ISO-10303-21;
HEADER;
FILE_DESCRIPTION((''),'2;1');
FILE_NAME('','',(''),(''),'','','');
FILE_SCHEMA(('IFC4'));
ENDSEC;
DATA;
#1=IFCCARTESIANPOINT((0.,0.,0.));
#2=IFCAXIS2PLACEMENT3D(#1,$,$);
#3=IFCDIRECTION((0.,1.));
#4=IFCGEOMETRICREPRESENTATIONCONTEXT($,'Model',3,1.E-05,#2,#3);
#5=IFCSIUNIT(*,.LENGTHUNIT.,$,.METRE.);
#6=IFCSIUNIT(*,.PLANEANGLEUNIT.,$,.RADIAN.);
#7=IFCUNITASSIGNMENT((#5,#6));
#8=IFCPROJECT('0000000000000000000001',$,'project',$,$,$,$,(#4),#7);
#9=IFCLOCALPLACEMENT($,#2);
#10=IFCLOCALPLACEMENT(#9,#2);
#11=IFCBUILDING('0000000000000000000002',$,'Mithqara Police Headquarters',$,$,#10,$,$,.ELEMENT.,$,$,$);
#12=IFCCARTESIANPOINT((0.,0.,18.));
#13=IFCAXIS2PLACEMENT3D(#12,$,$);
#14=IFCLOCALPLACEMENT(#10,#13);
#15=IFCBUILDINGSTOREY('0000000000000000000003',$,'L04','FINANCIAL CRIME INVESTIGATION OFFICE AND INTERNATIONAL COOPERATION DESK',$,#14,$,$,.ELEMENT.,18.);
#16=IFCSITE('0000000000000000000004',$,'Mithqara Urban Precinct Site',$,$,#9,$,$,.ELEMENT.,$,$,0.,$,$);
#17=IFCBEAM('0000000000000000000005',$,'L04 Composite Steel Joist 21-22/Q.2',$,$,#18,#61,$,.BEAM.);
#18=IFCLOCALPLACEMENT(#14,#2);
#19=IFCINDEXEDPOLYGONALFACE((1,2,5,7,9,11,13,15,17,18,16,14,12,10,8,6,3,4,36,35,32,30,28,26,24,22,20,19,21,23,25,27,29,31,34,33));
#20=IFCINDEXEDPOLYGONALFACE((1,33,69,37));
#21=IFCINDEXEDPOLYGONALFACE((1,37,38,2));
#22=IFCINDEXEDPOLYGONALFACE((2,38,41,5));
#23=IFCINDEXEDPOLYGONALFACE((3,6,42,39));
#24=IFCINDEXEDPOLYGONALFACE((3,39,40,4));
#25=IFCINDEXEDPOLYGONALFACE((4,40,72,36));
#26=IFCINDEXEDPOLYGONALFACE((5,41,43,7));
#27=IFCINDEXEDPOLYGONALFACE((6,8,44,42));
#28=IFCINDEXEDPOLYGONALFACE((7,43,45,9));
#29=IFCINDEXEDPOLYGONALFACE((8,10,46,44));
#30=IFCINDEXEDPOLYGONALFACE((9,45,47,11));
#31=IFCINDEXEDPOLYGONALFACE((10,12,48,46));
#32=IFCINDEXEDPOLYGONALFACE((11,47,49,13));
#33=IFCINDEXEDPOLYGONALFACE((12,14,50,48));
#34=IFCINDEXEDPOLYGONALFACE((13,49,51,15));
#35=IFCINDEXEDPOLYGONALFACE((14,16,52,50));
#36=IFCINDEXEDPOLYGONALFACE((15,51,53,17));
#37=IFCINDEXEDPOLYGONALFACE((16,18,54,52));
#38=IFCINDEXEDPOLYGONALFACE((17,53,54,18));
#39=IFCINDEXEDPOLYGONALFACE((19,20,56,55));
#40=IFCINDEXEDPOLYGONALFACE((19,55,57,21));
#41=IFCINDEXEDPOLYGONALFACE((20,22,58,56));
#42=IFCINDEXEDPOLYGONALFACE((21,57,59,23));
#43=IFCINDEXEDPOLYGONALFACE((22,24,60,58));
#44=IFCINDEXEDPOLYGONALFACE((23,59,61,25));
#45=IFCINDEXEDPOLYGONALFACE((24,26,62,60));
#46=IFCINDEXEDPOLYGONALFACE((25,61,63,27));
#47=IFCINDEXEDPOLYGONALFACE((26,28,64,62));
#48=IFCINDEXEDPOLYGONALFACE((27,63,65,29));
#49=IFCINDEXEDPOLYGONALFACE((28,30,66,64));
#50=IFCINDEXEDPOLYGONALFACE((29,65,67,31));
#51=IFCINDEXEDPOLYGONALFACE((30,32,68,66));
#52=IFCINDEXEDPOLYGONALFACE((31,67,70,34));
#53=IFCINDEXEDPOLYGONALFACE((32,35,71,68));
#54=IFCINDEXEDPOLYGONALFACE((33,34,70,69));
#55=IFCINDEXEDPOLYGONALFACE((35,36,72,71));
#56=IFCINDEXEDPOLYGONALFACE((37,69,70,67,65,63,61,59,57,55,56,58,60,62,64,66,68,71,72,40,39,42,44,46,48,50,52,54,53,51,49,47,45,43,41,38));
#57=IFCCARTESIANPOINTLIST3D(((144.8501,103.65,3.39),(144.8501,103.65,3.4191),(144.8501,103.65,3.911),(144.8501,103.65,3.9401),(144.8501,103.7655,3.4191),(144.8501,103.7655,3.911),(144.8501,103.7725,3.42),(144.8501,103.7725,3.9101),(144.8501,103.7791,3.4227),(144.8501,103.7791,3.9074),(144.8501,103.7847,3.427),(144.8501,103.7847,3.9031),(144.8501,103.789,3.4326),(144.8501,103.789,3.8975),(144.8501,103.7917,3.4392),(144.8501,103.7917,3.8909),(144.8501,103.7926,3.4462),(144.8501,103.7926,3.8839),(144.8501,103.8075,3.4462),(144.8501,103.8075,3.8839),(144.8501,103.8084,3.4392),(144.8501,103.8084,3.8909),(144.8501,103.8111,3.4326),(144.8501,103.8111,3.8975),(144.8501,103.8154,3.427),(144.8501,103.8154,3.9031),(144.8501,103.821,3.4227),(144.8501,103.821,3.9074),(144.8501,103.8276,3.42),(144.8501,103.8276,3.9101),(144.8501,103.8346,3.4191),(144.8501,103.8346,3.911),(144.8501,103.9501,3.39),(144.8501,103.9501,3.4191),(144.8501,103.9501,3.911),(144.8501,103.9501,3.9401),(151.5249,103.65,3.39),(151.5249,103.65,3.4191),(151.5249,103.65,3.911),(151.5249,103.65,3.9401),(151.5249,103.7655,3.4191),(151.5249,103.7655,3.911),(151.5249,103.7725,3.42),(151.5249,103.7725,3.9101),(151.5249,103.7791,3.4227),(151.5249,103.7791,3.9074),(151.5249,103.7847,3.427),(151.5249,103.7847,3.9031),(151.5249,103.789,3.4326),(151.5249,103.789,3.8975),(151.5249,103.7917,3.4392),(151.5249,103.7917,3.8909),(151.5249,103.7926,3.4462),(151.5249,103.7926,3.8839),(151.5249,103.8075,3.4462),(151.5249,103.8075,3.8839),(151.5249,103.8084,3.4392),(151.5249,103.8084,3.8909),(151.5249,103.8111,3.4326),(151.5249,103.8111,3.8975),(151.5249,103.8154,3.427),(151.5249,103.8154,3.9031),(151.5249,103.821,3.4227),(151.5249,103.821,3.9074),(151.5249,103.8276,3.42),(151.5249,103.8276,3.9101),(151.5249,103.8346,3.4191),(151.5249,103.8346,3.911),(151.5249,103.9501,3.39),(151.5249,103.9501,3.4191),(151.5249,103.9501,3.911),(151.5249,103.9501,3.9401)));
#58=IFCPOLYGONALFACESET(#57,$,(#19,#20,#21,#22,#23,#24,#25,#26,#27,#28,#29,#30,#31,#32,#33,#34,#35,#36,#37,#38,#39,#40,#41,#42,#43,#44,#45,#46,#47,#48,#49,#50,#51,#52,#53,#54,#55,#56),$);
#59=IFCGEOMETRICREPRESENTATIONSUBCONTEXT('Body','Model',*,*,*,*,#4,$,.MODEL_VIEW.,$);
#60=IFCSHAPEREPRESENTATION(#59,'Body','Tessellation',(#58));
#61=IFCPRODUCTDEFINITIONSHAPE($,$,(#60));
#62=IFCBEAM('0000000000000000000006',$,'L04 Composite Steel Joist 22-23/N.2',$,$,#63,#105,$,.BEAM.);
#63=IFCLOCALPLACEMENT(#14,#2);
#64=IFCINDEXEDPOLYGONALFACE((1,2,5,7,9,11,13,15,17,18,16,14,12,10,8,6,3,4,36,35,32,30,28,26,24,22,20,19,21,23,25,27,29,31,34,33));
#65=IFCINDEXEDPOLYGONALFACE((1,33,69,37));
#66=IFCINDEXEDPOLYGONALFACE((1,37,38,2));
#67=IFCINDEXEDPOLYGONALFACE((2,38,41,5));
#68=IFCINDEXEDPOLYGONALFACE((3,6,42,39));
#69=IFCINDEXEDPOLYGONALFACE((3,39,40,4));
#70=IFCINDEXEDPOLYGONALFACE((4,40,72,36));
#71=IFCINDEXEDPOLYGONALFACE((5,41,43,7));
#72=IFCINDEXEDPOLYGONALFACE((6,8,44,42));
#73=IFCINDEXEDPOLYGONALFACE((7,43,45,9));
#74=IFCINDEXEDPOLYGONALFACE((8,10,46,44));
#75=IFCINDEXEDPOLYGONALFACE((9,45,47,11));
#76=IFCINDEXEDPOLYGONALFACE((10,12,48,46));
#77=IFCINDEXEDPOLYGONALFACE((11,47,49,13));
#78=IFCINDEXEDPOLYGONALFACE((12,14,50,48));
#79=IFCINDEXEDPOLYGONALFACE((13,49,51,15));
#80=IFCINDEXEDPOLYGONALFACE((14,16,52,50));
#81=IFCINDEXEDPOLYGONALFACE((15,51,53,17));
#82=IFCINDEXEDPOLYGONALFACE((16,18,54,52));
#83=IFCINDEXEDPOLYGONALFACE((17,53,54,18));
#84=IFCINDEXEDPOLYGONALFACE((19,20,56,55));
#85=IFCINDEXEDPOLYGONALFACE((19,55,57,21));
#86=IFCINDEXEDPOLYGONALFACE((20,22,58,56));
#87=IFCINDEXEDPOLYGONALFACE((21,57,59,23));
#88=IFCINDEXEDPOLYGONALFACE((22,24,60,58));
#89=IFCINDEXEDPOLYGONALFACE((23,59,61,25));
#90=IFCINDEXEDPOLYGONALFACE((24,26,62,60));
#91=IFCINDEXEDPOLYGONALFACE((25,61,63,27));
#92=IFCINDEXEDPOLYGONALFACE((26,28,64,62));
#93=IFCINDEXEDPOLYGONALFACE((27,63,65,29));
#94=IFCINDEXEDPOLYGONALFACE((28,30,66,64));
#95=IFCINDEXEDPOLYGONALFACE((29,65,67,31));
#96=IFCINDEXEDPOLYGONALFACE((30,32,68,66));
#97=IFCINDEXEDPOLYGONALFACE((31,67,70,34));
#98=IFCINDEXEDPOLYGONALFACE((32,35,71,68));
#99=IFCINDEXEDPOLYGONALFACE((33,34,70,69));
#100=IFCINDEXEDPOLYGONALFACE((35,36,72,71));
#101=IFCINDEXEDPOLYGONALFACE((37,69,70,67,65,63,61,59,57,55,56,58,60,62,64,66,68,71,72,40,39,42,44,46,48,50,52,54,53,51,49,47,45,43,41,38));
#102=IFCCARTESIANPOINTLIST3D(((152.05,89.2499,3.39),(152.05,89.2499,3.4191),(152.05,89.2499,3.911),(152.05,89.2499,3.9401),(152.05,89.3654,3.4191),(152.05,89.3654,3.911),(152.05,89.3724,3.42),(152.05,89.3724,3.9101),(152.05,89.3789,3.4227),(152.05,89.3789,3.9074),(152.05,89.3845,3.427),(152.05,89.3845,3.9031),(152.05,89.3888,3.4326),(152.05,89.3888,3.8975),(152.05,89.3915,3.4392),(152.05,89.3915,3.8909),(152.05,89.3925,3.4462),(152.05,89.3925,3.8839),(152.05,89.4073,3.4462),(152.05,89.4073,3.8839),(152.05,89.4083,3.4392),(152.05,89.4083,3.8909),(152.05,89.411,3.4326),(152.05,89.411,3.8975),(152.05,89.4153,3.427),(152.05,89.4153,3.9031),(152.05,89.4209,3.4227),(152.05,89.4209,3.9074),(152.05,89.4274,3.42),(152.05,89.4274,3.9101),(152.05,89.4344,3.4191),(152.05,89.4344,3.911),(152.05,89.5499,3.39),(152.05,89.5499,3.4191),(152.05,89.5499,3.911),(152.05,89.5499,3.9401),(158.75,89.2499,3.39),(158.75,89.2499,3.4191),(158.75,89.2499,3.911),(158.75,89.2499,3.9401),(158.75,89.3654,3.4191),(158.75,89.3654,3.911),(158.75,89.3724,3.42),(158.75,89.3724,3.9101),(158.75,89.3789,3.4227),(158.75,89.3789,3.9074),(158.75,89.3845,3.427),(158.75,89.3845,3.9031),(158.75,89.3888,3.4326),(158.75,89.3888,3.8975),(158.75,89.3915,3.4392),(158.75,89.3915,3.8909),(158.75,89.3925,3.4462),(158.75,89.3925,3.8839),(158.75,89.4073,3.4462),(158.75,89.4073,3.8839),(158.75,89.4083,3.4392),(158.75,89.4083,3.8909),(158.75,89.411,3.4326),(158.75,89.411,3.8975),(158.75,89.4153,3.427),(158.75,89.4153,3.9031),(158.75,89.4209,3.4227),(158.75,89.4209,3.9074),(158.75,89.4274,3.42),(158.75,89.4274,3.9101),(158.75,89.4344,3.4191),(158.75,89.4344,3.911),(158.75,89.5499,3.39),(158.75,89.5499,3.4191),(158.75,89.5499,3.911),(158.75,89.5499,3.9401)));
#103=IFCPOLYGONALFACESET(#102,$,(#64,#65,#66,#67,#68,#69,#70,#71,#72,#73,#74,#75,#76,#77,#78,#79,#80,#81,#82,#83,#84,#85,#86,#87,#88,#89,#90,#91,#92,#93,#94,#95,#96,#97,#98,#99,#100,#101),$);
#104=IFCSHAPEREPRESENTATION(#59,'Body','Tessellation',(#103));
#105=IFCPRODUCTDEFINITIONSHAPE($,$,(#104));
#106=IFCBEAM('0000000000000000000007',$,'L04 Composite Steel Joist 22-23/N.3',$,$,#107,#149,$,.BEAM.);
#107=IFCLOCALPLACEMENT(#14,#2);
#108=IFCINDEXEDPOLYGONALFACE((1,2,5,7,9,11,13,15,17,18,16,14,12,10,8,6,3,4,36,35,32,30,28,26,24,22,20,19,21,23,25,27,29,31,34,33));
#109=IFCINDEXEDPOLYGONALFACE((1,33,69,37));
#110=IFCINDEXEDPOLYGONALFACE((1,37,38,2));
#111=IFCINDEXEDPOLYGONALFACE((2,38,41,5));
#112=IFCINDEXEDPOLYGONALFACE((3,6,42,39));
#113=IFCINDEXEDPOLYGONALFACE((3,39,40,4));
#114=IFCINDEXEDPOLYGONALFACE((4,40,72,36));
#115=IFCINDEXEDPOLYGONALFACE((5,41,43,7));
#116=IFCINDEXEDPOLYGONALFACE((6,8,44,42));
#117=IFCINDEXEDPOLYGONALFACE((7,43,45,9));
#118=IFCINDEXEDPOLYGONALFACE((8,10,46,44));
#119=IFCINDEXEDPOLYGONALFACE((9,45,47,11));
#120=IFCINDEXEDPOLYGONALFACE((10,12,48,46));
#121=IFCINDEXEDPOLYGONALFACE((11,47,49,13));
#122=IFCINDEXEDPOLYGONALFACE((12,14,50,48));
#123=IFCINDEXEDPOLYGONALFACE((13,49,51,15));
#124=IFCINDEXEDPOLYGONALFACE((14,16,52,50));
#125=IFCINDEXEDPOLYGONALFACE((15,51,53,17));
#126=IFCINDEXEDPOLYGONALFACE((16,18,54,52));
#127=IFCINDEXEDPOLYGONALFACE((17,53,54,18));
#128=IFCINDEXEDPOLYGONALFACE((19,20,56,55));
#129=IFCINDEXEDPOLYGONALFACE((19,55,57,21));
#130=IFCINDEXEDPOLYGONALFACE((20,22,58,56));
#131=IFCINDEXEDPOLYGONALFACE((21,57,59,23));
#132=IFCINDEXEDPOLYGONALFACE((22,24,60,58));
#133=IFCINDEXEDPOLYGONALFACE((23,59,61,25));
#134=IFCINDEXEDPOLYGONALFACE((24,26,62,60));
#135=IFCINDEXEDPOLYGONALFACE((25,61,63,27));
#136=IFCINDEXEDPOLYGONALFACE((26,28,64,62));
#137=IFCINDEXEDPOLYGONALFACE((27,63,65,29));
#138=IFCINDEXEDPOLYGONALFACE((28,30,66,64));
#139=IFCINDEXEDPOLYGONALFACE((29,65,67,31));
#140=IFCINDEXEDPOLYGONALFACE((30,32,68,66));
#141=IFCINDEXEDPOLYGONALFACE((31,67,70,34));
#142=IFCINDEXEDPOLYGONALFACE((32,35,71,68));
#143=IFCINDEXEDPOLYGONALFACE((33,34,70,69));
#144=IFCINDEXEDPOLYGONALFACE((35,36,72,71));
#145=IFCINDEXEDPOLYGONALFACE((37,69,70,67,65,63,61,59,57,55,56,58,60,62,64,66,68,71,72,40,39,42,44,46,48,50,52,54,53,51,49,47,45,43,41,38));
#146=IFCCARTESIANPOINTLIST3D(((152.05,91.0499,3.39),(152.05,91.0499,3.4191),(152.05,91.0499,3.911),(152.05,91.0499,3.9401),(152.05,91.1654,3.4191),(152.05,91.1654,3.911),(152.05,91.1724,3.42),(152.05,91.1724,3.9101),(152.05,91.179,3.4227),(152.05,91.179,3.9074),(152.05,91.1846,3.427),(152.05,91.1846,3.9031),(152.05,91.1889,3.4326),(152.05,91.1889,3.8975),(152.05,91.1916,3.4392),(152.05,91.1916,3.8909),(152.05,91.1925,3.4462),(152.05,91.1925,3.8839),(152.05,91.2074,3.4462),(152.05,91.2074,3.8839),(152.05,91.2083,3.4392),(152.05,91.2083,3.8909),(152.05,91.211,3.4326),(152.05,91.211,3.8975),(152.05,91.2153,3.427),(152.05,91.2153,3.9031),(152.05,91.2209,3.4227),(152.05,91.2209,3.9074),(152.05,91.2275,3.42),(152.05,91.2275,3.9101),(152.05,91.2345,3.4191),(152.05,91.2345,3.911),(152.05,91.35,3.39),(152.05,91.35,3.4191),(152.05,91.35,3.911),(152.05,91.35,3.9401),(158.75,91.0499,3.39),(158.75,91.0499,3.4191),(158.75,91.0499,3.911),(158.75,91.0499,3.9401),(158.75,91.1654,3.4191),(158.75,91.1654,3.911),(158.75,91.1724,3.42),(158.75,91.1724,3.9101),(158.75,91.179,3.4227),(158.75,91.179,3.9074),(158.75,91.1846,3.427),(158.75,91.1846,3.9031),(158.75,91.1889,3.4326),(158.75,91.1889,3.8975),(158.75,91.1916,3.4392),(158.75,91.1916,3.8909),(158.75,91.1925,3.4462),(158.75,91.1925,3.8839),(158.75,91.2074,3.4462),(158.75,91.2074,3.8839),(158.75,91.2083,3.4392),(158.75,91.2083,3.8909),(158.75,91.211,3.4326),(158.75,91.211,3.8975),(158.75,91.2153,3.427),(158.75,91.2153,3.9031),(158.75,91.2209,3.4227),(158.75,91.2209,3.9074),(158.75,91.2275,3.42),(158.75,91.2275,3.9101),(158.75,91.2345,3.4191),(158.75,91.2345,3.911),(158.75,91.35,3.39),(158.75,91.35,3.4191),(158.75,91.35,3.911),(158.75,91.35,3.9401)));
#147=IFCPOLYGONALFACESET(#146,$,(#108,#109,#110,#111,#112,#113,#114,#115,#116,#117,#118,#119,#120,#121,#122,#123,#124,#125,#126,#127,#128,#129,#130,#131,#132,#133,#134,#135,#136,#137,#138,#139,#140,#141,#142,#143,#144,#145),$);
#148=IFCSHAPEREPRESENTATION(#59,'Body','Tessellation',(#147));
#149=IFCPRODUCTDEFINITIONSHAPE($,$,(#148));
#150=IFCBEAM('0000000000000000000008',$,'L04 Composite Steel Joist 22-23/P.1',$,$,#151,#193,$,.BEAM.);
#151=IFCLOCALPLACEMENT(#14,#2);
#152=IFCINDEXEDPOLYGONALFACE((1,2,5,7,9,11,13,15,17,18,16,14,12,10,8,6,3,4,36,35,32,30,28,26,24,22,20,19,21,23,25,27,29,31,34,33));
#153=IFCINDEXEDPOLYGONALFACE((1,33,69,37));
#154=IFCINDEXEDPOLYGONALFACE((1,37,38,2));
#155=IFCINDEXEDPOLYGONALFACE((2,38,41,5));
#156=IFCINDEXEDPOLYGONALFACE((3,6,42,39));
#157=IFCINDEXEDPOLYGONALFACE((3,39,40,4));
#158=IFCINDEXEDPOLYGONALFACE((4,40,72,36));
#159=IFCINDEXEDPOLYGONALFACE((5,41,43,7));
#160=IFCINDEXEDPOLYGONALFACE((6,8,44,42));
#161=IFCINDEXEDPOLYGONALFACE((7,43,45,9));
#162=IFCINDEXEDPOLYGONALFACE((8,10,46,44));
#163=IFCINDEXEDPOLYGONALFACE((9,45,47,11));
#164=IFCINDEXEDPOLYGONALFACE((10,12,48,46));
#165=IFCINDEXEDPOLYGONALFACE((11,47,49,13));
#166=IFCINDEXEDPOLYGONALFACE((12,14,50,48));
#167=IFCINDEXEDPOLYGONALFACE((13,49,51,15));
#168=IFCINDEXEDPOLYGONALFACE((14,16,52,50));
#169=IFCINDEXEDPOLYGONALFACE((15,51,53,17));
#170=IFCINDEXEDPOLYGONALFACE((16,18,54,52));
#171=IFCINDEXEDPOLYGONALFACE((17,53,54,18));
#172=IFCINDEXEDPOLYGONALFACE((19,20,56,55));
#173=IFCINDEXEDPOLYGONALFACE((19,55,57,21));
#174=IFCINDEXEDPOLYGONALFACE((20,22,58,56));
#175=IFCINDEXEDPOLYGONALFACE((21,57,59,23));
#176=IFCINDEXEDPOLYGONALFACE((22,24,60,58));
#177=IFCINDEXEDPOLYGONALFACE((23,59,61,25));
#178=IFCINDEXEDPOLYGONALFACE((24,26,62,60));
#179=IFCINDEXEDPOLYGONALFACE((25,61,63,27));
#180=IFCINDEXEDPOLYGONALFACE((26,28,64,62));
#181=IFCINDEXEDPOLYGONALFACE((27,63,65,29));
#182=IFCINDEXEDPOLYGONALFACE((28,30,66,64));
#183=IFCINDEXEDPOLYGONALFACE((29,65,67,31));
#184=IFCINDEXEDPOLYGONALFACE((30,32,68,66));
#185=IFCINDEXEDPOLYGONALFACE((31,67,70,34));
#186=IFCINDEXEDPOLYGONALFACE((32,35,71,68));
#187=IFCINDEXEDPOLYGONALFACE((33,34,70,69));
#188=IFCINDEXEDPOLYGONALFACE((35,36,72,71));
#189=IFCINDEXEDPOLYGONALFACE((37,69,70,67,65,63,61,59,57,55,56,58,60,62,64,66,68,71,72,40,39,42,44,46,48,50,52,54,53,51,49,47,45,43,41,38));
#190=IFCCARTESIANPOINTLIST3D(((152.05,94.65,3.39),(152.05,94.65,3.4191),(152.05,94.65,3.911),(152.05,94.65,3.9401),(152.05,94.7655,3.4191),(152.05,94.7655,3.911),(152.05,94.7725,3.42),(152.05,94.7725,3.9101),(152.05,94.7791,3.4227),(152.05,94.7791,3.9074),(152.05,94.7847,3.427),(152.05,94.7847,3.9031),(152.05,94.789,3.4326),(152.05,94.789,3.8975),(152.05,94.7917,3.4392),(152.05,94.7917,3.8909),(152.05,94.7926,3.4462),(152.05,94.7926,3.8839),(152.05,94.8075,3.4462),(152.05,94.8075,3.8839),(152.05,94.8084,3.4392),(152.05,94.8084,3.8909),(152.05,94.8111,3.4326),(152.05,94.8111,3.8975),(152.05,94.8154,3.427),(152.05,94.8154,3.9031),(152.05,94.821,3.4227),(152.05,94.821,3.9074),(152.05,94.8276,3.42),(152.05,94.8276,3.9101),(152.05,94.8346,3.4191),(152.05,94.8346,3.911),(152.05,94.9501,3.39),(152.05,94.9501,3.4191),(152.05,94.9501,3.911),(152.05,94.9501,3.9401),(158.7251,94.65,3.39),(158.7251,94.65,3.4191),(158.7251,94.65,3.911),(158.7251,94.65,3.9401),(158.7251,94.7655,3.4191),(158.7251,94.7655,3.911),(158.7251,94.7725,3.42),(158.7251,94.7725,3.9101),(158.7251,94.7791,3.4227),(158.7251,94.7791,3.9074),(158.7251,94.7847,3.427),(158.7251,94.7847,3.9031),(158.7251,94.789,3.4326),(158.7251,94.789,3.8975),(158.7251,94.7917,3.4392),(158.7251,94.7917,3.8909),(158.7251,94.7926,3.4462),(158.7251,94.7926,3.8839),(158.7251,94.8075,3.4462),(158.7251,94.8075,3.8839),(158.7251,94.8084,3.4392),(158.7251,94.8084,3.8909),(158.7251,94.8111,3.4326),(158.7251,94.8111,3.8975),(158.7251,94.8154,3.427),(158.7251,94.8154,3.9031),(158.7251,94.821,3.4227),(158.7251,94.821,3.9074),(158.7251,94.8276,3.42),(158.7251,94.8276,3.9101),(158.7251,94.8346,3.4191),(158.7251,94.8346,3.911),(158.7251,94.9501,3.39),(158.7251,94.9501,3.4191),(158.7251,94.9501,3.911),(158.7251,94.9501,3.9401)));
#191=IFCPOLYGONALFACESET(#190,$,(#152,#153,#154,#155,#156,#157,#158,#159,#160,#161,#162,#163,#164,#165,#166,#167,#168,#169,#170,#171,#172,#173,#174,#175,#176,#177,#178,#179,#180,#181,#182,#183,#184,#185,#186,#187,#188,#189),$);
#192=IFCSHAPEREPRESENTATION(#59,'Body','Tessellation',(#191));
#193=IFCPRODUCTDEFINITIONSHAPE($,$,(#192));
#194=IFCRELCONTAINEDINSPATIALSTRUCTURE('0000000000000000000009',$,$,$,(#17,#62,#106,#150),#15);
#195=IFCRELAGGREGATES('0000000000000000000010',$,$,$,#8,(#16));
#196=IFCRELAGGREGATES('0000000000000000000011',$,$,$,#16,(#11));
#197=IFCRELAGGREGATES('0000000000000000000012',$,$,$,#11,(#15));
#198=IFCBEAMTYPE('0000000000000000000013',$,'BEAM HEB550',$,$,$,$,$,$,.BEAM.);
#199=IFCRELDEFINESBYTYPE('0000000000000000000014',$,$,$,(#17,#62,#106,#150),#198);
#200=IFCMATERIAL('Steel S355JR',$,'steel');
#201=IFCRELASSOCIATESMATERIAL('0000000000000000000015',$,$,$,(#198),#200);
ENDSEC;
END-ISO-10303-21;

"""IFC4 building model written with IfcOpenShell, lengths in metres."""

from ifc_helpers import new_model, si_unit, direction, frame, origin, origin_2d, place, context, subcontext, project, spatial, i_section, extrude, material, material_profile, profile_set, type_object, element, save


model = new_model("IFC4")

# Units and contexts
model_context = context("Model", 3, precision=1e-05, world=origin(), true_north=direction((0.0, 1.0)))
body_context = subcontext(model_context, "Body", "Model", "MODEL_VIEW")
ifc_project = project(units=[si_unit("LENGTHUNIT", "METRE"), si_unit("PLANEANGLEUNIT", "RADIAN")], contexts=[model_context])

# Site, building, storey
site_placement = place(None, origin())
site = spatial("IfcSite", under=ifc_project, at=site_placement, Name="Mithqara Urban Precinct Site", CompositionType="ELEMENT", RefElevation=0.0)
building_placement = place(site_placement, origin())
building = spatial("IfcBuilding", under=site, at=building_placement, Name="Mithqara Police Headquarters", CompositionType="ELEMENT")
storey_placement = place(building_placement, frame((0.0, 0.0, 18.0)))
storey = spatial("IfcBuildingStorey", under=building, at=storey_placement, Name="L04", Description="FINANCIAL CRIME INVESTIGATION OFFICE AND INTERNATIONAL COOPERATION DESK", CompositionType="ELEMENT", Elevation=18.0)

# Beams
ifc_material_1 = material(Name="Steel S355JR", Category="steel")
ifc_material_profile_1 = material_profile(ifc_material_1, i_section(OverallWidth=0.3, OverallDepth=0.55, WebThickness=0.0149, FlangeThickness=0.0291, FilletRadius=0.0271, at=origin_2d()), Name="HEB 550")
ifc_profile_set_1 = profile_set([ifc_material_profile_1], Name="Steel S355JR")
beam_type_1 = type_object("IfcBeamType", Name="BEAM HEB550", PredefinedType="BEAM", material=ifc_profile_set_1)
for number, where, z_axis, x_axis, name in (
    (1, (144.8501, 103.8, 3.665), (1.0, 0.0, 0.0), (0.0, 1.0, 0.0), "L04 Composite Steel Joist 21-22/Q.2"),
):
    element("IfcBeam", number, at=place(storey_placement, frame(where, z_axis=z_axis, x_axis=x_axis)), inside=storey, type_object=beam_type_1, Name=name, PredefinedType="BEAM", context=body_context, shape_type="SweptSolid", body=[
        extrude(i_section(OverallWidth=0.3, OverallDepth=0.55, WebThickness=0.0149, FlangeThickness=0.0291, FilletRadius=0.0271, at=origin_2d()), origin(), (0.0, 0.0, 1.0), 6.6748),
    ])
for number, where, z_axis, x_axis, name in (
    (2, (152.05, 89.3999, 3.665), (1.0, 0.0, 0.0), (0.0, 1.0, 0.0), "L04 Composite Steel Joist 22-23/N.2"),
    (3, (152.05, 91.2, 3.665), (1.0, 0.0, 0.0), (0.0, 1.0, 0.0), "L04 Composite Steel Joist 22-23/N.3"),
):
    element("IfcBeam", number, at=place(storey_placement, frame(where, z_axis=z_axis, x_axis=x_axis)), inside=storey, type_object=beam_type_1, Name=name, PredefinedType="BEAM", context=body_context, shape_type="SweptSolid", body=[
        extrude(i_section(OverallWidth=0.3, OverallDepth=0.55, WebThickness=0.0149, FlangeThickness=0.0291, FilletRadius=0.0271, at=origin_2d()), origin(), (0.0, 0.0, 1.0), 6.7),
    ])
for number, where, z_axis, x_axis, name in (
    (4, (152.05, 94.8, 3.665), (1.0, 0.0, 0.0), (0.0, 1.0, 0.0), "L04 Composite Steel Joist 22-23/P.1"),
):
    element("IfcBeam", number, at=place(storey_placement, frame(where, z_axis=z_axis, x_axis=x_axis)), inside=storey, type_object=beam_type_1, Name=name, PredefinedType="BEAM", context=body_context, shape_type="SweptSolid", body=[
        extrude(i_section(OverallWidth=0.3, OverallDepth=0.55, WebThickness=0.0149, FlangeThickness=0.0291, FilletRadius=0.0271, at=origin_2d()), origin(), (0.0, 0.0, 1.0), 6.675),
    ])

save(model, "model.ifc")
